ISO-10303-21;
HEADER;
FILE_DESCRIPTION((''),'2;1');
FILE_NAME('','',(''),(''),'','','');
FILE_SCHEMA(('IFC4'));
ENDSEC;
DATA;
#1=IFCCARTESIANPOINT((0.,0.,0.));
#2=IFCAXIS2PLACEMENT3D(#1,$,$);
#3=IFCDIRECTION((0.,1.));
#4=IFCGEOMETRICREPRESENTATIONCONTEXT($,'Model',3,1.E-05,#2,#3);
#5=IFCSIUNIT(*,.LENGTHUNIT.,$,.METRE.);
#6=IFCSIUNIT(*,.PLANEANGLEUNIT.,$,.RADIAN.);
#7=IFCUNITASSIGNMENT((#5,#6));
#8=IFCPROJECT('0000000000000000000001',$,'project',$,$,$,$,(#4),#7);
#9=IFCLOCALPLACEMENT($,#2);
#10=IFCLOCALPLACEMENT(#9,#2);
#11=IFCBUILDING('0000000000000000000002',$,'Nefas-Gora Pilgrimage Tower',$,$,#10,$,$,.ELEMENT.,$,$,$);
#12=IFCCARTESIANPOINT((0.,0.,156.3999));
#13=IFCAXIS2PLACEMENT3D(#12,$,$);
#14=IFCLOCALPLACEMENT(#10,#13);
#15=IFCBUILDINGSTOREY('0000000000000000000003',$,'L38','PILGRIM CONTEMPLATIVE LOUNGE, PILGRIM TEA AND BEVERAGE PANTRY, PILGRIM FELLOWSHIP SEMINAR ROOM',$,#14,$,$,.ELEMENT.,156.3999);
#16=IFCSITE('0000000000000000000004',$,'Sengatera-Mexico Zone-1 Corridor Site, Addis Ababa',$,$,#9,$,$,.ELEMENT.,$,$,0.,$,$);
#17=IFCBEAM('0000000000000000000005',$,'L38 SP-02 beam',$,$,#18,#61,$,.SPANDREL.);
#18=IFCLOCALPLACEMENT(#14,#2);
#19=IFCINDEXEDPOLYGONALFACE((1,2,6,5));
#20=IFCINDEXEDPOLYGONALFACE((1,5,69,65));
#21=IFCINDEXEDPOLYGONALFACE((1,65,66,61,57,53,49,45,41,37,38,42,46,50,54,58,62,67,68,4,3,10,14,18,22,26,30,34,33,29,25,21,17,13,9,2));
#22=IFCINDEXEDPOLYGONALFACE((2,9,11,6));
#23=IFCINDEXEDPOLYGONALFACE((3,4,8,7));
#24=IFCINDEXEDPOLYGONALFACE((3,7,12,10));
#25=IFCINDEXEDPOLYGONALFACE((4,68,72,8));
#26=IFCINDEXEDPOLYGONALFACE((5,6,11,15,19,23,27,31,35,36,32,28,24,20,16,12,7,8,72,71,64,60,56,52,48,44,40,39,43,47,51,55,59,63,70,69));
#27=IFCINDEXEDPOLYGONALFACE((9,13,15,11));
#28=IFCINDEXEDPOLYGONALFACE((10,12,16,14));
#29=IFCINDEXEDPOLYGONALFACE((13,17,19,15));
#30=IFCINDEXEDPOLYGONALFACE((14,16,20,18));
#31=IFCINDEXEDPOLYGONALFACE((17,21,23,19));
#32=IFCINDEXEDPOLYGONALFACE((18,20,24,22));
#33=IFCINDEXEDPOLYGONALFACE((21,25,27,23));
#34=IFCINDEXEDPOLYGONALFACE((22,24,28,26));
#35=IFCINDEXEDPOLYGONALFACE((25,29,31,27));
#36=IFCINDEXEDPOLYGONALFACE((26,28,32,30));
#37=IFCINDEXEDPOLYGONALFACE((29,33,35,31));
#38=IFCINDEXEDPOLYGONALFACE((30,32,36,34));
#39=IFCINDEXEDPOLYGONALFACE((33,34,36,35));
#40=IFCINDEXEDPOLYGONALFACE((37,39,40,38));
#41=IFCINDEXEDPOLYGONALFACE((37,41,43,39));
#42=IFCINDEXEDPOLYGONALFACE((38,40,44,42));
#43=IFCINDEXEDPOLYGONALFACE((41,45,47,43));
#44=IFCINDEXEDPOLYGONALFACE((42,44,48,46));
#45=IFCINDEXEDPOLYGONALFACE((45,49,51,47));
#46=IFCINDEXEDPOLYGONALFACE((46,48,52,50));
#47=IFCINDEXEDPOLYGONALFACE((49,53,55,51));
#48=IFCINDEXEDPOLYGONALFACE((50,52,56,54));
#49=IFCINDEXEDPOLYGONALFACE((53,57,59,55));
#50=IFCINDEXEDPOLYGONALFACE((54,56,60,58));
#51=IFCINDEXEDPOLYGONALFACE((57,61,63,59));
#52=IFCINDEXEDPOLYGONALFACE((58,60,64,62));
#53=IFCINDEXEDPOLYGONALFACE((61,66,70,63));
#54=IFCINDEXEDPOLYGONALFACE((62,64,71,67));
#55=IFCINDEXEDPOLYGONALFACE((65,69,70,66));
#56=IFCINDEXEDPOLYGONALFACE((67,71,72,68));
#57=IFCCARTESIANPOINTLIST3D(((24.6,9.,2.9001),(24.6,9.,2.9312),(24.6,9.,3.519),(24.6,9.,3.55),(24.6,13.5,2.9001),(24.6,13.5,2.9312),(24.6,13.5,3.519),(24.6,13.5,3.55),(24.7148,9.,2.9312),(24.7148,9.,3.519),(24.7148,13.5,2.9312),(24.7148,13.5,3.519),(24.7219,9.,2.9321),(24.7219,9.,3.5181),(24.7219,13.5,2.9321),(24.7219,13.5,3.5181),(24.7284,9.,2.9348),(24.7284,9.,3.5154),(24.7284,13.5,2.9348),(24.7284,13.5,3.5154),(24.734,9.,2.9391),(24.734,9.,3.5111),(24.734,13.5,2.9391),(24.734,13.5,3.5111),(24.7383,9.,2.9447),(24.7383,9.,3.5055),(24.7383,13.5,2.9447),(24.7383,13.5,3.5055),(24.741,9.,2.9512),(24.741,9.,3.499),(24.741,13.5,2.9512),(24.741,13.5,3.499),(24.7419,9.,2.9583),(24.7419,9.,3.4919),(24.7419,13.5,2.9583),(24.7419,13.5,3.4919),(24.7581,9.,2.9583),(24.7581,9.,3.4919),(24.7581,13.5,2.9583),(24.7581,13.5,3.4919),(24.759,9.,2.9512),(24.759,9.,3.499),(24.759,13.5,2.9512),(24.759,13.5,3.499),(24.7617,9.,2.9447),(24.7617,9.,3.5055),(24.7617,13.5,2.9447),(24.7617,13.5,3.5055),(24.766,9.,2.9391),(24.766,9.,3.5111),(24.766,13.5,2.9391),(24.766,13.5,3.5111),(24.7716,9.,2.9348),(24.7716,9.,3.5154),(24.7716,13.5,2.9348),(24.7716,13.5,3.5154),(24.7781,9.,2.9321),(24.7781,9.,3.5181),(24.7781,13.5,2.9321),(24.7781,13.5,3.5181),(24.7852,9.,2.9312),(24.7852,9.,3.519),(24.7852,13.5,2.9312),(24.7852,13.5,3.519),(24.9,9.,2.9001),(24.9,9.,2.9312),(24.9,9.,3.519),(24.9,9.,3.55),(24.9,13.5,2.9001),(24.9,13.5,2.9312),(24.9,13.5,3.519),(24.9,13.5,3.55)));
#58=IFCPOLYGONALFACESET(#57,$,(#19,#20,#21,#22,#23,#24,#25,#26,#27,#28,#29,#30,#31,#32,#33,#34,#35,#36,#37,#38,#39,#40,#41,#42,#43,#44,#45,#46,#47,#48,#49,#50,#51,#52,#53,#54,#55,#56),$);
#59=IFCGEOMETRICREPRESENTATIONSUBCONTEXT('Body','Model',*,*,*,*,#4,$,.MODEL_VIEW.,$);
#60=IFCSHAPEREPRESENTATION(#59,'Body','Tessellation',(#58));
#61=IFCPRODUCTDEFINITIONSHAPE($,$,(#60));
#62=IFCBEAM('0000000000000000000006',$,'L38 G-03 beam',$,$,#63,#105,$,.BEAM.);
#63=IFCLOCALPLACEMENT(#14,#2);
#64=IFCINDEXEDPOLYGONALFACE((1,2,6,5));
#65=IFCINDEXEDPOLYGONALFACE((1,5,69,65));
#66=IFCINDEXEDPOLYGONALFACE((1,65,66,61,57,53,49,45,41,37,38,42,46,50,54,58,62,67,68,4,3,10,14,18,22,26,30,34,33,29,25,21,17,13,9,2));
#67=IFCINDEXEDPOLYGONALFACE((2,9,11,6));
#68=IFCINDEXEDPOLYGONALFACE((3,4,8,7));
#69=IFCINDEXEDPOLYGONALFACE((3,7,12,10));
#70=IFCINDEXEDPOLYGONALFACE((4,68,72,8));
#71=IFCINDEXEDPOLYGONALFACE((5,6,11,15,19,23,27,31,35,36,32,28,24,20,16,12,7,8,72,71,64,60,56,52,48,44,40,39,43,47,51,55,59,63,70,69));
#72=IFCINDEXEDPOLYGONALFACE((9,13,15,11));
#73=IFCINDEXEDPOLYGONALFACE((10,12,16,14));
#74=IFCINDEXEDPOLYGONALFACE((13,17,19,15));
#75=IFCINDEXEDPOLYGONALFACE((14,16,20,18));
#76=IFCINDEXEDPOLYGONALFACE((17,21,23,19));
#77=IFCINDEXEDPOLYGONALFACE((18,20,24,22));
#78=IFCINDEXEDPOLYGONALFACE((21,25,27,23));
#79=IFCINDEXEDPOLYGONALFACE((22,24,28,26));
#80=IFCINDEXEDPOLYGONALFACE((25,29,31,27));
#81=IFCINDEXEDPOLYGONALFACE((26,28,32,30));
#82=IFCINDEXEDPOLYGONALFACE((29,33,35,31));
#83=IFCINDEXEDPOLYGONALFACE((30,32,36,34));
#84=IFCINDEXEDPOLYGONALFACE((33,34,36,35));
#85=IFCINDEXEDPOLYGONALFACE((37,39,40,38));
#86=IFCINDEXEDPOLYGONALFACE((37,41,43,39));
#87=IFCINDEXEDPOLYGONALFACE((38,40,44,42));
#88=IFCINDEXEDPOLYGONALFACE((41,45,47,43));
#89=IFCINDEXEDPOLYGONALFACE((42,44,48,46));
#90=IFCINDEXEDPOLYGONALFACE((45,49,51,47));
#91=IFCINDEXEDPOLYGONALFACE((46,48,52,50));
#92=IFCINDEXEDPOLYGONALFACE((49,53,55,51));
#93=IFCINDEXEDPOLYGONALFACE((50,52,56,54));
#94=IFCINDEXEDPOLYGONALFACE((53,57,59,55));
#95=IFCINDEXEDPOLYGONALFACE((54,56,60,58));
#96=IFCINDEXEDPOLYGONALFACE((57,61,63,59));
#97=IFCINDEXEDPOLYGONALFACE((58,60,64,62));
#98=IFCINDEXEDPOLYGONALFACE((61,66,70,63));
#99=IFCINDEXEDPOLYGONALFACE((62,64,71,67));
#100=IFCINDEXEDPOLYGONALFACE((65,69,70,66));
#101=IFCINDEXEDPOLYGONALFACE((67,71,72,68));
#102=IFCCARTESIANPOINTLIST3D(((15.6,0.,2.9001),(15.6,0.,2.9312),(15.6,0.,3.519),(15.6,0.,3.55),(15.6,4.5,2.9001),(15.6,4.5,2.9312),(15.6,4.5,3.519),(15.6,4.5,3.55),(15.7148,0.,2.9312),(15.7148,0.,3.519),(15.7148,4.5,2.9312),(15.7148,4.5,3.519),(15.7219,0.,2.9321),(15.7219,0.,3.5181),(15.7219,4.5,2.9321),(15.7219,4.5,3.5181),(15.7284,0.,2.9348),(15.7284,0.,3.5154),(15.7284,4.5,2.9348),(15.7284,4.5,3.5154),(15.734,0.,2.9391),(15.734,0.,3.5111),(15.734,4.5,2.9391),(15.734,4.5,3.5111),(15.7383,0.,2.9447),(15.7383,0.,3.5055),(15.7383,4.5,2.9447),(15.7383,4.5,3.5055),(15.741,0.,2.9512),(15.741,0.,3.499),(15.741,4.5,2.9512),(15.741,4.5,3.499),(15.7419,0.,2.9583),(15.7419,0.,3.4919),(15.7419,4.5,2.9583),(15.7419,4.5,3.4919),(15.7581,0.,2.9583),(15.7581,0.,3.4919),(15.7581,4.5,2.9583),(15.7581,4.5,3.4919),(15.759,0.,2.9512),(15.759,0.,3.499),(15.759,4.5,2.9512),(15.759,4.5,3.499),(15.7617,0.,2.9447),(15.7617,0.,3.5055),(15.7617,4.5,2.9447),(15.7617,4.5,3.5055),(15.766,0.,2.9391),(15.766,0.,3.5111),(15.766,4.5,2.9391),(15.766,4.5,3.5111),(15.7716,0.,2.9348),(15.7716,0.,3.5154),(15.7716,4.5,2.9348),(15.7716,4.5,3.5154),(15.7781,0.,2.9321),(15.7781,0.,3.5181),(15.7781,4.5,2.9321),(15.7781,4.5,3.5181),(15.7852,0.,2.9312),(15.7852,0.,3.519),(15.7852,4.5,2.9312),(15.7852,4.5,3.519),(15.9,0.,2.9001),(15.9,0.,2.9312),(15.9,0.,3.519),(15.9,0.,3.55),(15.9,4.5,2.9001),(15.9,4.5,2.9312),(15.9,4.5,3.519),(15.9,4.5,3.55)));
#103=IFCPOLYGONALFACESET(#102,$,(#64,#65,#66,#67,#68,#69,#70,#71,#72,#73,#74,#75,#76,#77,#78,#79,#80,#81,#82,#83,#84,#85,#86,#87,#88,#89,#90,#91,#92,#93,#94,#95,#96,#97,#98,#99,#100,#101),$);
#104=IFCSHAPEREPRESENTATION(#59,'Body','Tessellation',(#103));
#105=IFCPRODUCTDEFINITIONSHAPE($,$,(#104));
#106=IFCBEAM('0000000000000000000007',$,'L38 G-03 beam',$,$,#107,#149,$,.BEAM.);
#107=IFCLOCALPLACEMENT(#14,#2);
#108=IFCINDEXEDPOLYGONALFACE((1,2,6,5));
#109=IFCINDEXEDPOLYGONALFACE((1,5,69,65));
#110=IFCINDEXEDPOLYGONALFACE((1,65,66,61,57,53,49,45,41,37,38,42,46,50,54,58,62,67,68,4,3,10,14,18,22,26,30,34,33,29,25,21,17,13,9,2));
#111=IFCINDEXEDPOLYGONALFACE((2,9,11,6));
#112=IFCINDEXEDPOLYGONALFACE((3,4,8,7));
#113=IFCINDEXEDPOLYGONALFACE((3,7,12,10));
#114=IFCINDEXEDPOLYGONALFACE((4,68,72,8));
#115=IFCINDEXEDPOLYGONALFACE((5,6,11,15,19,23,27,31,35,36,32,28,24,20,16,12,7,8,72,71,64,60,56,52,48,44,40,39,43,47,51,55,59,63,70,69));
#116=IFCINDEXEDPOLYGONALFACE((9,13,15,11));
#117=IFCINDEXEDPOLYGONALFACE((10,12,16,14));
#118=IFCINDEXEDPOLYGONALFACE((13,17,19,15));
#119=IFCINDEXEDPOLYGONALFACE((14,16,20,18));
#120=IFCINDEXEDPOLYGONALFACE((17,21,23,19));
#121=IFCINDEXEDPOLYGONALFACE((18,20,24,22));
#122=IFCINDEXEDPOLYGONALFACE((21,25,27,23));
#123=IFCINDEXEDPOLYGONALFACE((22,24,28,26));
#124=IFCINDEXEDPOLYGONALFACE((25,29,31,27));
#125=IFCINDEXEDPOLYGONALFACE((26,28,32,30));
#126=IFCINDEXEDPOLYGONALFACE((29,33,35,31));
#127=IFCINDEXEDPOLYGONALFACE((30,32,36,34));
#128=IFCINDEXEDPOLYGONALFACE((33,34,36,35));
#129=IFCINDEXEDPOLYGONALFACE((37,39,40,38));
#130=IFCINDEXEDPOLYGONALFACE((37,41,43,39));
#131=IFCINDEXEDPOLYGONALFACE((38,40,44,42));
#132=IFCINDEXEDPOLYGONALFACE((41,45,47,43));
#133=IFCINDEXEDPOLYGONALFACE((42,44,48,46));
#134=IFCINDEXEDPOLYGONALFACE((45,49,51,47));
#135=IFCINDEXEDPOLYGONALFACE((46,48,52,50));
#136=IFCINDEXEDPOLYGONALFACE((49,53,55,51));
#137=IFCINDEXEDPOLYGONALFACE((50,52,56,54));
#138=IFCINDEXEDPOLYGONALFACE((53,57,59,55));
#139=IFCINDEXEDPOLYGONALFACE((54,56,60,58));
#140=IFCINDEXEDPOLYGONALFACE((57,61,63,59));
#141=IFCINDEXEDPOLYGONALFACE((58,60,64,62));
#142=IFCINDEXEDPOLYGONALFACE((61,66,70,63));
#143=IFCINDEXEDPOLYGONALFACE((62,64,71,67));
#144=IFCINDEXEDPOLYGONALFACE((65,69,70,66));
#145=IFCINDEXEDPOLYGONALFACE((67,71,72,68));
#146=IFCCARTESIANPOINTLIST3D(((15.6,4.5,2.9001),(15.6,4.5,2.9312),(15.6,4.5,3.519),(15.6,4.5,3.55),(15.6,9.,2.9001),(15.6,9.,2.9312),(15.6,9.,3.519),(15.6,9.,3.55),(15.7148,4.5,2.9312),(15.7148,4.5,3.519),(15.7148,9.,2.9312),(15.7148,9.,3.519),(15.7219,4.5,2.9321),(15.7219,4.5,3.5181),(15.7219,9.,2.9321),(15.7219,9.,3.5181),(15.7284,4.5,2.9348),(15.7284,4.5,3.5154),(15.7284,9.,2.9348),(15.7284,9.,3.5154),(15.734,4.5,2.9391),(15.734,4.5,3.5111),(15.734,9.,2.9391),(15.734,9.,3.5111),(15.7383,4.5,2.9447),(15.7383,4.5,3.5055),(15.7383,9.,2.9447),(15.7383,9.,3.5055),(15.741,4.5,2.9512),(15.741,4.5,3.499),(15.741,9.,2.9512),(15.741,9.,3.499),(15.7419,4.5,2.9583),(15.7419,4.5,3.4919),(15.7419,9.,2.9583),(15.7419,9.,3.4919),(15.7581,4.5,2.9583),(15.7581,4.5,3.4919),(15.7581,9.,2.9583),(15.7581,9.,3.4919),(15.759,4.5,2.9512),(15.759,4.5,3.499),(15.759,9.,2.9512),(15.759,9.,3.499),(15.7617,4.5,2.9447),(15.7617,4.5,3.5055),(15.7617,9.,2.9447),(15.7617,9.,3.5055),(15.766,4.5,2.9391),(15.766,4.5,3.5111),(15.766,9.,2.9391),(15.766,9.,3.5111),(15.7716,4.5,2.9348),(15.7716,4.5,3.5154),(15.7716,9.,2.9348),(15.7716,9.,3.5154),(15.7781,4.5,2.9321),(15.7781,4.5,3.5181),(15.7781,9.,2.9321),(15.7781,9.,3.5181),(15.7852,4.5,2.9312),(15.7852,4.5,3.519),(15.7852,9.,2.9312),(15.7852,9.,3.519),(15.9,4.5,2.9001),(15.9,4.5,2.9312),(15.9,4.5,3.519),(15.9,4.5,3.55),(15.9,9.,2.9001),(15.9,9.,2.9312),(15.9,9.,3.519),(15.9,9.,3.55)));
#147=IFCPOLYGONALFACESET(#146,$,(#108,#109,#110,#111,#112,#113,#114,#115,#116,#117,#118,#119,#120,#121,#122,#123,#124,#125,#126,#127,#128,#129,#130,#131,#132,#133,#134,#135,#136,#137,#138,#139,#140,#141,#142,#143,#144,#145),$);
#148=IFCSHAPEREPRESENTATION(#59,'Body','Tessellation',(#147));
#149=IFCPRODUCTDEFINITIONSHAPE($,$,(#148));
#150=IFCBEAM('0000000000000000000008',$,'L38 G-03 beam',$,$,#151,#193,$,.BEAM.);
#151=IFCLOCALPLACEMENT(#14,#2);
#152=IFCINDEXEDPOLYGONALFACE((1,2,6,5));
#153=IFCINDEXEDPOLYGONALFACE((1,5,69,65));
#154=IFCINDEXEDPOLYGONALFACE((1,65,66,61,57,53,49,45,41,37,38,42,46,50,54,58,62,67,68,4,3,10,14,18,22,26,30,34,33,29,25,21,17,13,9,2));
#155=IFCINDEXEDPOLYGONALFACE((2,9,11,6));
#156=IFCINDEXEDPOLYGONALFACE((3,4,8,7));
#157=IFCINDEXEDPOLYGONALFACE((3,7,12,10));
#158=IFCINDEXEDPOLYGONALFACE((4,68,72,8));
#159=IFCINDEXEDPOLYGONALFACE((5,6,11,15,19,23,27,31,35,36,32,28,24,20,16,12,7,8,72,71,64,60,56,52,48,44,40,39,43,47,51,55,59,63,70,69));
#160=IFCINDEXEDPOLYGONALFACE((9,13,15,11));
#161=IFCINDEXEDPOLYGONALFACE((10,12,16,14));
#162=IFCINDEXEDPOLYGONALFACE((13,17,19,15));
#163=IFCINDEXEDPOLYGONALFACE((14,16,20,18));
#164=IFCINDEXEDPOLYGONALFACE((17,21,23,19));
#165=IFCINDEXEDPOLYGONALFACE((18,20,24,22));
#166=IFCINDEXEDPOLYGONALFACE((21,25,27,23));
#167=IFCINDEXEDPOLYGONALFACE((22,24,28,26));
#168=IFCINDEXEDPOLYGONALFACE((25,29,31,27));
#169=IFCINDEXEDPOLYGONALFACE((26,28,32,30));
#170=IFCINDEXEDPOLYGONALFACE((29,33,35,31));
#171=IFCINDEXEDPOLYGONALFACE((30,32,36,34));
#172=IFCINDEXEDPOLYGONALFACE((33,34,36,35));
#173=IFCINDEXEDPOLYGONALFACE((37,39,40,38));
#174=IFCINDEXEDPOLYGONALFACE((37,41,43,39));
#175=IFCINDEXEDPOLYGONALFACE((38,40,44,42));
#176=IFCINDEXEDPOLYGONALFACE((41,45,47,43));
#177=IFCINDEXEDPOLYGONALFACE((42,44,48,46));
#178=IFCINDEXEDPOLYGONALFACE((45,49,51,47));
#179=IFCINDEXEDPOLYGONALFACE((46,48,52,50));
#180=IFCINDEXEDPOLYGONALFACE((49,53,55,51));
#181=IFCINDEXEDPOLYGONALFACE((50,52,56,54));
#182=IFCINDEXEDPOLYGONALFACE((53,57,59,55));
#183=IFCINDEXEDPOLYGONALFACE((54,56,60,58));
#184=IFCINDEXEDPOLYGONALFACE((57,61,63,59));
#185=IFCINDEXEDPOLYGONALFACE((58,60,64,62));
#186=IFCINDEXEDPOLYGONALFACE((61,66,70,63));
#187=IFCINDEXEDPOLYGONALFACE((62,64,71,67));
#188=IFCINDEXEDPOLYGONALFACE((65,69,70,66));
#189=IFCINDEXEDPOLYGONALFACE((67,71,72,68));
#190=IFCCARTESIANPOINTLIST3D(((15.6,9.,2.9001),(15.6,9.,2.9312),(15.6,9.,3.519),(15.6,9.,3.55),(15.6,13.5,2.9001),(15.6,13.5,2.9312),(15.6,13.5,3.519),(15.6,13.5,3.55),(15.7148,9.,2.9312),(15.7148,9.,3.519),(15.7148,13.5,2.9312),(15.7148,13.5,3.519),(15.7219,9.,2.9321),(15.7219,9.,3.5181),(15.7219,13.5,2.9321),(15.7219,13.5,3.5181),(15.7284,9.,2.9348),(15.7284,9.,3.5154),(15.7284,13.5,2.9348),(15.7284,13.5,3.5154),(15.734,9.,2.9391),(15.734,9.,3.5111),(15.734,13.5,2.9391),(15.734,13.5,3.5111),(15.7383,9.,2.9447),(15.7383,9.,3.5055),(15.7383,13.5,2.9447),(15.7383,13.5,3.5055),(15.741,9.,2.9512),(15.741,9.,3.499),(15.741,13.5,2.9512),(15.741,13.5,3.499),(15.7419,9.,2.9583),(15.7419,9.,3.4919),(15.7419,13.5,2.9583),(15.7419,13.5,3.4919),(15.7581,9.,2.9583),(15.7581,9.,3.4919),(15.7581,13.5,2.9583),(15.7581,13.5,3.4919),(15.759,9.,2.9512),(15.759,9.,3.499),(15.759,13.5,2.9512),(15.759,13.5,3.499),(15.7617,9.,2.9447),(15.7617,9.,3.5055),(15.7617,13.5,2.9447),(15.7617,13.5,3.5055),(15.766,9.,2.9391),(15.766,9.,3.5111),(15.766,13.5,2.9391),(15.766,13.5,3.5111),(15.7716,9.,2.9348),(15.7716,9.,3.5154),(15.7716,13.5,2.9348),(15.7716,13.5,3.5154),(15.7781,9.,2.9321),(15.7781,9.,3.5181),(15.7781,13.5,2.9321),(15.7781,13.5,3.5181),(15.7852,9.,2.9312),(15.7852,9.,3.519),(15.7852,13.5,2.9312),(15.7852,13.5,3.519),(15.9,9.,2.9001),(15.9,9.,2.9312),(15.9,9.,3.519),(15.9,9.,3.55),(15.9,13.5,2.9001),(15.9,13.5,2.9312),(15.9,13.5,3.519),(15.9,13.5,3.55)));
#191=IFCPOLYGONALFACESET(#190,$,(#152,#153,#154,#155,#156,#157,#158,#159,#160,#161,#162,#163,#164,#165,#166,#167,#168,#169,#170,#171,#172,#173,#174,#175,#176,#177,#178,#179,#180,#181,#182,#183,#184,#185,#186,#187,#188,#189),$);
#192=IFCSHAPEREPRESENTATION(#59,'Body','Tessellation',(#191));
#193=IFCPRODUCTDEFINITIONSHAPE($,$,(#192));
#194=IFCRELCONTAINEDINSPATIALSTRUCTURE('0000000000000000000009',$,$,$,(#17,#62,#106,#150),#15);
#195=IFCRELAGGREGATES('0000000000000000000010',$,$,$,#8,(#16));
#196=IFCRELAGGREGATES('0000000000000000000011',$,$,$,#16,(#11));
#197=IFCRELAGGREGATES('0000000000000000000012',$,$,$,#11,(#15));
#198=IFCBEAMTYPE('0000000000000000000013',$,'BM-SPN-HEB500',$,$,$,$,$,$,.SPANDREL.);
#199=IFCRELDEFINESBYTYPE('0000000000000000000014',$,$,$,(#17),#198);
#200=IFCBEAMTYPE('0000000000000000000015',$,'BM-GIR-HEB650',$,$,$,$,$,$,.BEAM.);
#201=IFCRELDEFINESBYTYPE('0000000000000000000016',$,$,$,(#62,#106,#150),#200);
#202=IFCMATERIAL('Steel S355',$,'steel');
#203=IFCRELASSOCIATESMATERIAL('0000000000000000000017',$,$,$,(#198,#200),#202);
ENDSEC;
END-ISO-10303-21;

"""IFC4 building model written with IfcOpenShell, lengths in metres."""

from ifc_helpers import new_model, si_unit, direction, frame, origin, origin_2d, place, context, subcontext, project, spatial, i_section, extrude, source, transform, mapped, material, material_profile, profile_set, type_object, element, save


model = new_model("IFC4")

# Units and contexts
model_context = context("Model", 3, precision=1e-05, world=origin(), true_north=direction((0.0, 1.0)))
body_context = subcontext(model_context, "Body", "Model", "MODEL_VIEW")
ifc_project = project(units=[si_unit("LENGTHUNIT", "METRE"), si_unit("PLANEANGLEUNIT", "RADIAN")], contexts=[model_context])

# Site, building, storey
site_placement = place(None, origin())
site = spatial("IfcSite", under=ifc_project, at=site_placement, Name="Sengatera-Mexico Zone-1 Corridor Site, Addis Ababa", CompositionType="ELEMENT", RefElevation=0.0)
building_placement = place(site_placement, origin())
building = spatial("IfcBuilding", under=site, at=building_placement, Name="Nefas-Gora Pilgrimage Tower", CompositionType="ELEMENT")
storey_placement = place(building_placement, frame((0.0, 0.0, 156.3999)))
storey = spatial("IfcBuildingStorey", under=building, at=storey_placement, Name="L38", Description="PILGRIM CONTEMPLATIVE LOUNGE, PILGRIM TEA AND BEVERAGE PANTRY, PILGRIM FELLOWSHIP SEMINAR ROOM", CompositionType="ELEMENT", Elevation=156.3999)

# Beams
ifc_material_1 = material(Name="Steel S355", Category="steel")
ifc_material_profile_1 = material_profile(ifc_material_1, i_section(OverallWidth=0.3, OverallDepth=0.6499, WebThickness=0.0161, FlangeThickness=0.031, FilletRadius=0.0271, at=origin_2d()), Name="HEB 650")
ifc_profile_set_1 = profile_set([ifc_material_profile_1], Name="Steel S355")
beam_type_1 = type_object("IfcBeamType", Name="BM-SPN-HEB500", PredefinedType="SPANDREL", material=ifc_profile_set_1)
shared_shape_1 = source(origin(), body_context, "Body", "SweptSolid", [
    extrude(i_section(OverallWidth=0.3, OverallDepth=0.6499, WebThickness=0.0161, FlangeThickness=0.031, FilletRadius=0.0271, at=origin_2d()), origin(), (0.0, 0.0, 1.0), 4.5),
])
for number, where, z_axis, x_axis, name in (
    (1, (24.75, 9.0, 3.2251), (0.0, 1.0, 0.0), (-1.0, 0.0, 0.0), "L38 SP-02 beam"),
):
    element("IfcBeam", number, at=place(storey_placement, frame(where, z_axis=z_axis, x_axis=x_axis)), inside=storey, type_object=beam_type_1, Name=name, PredefinedType="SPANDREL", context=body_context, shape_type="MappedRepresentation", body=[
        mapped(shared_shape_1, transform((0.0, 0.0, 0.0), x_axis=(1.0, 0.0, 0.0), y_axis=(0.0, 1.0, 0.0), z_axis=(0.0, 0.0, 1.0), scale=1.0)),
    ])
ifc_material_profile_2 = material_profile(ifc_material_1, i_section(OverallWidth=0.3, OverallDepth=0.6499, WebThickness=0.0161, FlangeThickness=0.031, FilletRadius=0.0271, at=origin_2d()), Name="HEB 650")
ifc_profile_set_2 = profile_set([ifc_material_profile_2], Name="Steel S355")
beam_type_2 = type_object("IfcBeamType", Name="BM-GIR-HEB650", PredefinedType="BEAM", material=ifc_profile_set_2)
shared_shape_2 = source(origin(), body_context, "Body", "SweptSolid", [
    extrude(i_section(OverallWidth=0.3, OverallDepth=0.6499, WebThickness=0.0161, FlangeThickness=0.031, FilletRadius=0.0271, at=origin_2d()), origin(), (0.0, 0.0, 1.0), 4.5),
])
for number, where, z_axis, x_axis, name in (
    (2, (15.75, 0.0, 3.2251), (0.0, 1.0, 0.0), (-1.0, 0.0, 0.0), "L38 G-03 beam"),
    (3, (15.75, 4.5, 3.2251), (0.0, 1.0, 0.0), (-1.0, 0.0, 0.0), "L38 G-03 beam"),
    (4, (15.75, 9.0, 3.2251), (0.0, 1.0, 0.0), (-1.0, 0.0, 0.0), "L38 G-03 beam"),
):
    element("IfcBeam", number, at=place(storey_placement, frame(where, z_axis=z_axis, x_axis=x_axis)), inside=storey, type_object=beam_type_2, Name=name, PredefinedType="BEAM", context=body_context, shape_type="MappedRepresentation", body=[
        mapped(shared_shape_2, transform((0.0, 0.0, 0.0), x_axis=(1.0, 0.0, 0.0), y_axis=(0.0, 1.0, 0.0), z_axis=(0.0, 0.0, 1.0), scale=1.0)),
    ])

save(model, "model.ifc")
